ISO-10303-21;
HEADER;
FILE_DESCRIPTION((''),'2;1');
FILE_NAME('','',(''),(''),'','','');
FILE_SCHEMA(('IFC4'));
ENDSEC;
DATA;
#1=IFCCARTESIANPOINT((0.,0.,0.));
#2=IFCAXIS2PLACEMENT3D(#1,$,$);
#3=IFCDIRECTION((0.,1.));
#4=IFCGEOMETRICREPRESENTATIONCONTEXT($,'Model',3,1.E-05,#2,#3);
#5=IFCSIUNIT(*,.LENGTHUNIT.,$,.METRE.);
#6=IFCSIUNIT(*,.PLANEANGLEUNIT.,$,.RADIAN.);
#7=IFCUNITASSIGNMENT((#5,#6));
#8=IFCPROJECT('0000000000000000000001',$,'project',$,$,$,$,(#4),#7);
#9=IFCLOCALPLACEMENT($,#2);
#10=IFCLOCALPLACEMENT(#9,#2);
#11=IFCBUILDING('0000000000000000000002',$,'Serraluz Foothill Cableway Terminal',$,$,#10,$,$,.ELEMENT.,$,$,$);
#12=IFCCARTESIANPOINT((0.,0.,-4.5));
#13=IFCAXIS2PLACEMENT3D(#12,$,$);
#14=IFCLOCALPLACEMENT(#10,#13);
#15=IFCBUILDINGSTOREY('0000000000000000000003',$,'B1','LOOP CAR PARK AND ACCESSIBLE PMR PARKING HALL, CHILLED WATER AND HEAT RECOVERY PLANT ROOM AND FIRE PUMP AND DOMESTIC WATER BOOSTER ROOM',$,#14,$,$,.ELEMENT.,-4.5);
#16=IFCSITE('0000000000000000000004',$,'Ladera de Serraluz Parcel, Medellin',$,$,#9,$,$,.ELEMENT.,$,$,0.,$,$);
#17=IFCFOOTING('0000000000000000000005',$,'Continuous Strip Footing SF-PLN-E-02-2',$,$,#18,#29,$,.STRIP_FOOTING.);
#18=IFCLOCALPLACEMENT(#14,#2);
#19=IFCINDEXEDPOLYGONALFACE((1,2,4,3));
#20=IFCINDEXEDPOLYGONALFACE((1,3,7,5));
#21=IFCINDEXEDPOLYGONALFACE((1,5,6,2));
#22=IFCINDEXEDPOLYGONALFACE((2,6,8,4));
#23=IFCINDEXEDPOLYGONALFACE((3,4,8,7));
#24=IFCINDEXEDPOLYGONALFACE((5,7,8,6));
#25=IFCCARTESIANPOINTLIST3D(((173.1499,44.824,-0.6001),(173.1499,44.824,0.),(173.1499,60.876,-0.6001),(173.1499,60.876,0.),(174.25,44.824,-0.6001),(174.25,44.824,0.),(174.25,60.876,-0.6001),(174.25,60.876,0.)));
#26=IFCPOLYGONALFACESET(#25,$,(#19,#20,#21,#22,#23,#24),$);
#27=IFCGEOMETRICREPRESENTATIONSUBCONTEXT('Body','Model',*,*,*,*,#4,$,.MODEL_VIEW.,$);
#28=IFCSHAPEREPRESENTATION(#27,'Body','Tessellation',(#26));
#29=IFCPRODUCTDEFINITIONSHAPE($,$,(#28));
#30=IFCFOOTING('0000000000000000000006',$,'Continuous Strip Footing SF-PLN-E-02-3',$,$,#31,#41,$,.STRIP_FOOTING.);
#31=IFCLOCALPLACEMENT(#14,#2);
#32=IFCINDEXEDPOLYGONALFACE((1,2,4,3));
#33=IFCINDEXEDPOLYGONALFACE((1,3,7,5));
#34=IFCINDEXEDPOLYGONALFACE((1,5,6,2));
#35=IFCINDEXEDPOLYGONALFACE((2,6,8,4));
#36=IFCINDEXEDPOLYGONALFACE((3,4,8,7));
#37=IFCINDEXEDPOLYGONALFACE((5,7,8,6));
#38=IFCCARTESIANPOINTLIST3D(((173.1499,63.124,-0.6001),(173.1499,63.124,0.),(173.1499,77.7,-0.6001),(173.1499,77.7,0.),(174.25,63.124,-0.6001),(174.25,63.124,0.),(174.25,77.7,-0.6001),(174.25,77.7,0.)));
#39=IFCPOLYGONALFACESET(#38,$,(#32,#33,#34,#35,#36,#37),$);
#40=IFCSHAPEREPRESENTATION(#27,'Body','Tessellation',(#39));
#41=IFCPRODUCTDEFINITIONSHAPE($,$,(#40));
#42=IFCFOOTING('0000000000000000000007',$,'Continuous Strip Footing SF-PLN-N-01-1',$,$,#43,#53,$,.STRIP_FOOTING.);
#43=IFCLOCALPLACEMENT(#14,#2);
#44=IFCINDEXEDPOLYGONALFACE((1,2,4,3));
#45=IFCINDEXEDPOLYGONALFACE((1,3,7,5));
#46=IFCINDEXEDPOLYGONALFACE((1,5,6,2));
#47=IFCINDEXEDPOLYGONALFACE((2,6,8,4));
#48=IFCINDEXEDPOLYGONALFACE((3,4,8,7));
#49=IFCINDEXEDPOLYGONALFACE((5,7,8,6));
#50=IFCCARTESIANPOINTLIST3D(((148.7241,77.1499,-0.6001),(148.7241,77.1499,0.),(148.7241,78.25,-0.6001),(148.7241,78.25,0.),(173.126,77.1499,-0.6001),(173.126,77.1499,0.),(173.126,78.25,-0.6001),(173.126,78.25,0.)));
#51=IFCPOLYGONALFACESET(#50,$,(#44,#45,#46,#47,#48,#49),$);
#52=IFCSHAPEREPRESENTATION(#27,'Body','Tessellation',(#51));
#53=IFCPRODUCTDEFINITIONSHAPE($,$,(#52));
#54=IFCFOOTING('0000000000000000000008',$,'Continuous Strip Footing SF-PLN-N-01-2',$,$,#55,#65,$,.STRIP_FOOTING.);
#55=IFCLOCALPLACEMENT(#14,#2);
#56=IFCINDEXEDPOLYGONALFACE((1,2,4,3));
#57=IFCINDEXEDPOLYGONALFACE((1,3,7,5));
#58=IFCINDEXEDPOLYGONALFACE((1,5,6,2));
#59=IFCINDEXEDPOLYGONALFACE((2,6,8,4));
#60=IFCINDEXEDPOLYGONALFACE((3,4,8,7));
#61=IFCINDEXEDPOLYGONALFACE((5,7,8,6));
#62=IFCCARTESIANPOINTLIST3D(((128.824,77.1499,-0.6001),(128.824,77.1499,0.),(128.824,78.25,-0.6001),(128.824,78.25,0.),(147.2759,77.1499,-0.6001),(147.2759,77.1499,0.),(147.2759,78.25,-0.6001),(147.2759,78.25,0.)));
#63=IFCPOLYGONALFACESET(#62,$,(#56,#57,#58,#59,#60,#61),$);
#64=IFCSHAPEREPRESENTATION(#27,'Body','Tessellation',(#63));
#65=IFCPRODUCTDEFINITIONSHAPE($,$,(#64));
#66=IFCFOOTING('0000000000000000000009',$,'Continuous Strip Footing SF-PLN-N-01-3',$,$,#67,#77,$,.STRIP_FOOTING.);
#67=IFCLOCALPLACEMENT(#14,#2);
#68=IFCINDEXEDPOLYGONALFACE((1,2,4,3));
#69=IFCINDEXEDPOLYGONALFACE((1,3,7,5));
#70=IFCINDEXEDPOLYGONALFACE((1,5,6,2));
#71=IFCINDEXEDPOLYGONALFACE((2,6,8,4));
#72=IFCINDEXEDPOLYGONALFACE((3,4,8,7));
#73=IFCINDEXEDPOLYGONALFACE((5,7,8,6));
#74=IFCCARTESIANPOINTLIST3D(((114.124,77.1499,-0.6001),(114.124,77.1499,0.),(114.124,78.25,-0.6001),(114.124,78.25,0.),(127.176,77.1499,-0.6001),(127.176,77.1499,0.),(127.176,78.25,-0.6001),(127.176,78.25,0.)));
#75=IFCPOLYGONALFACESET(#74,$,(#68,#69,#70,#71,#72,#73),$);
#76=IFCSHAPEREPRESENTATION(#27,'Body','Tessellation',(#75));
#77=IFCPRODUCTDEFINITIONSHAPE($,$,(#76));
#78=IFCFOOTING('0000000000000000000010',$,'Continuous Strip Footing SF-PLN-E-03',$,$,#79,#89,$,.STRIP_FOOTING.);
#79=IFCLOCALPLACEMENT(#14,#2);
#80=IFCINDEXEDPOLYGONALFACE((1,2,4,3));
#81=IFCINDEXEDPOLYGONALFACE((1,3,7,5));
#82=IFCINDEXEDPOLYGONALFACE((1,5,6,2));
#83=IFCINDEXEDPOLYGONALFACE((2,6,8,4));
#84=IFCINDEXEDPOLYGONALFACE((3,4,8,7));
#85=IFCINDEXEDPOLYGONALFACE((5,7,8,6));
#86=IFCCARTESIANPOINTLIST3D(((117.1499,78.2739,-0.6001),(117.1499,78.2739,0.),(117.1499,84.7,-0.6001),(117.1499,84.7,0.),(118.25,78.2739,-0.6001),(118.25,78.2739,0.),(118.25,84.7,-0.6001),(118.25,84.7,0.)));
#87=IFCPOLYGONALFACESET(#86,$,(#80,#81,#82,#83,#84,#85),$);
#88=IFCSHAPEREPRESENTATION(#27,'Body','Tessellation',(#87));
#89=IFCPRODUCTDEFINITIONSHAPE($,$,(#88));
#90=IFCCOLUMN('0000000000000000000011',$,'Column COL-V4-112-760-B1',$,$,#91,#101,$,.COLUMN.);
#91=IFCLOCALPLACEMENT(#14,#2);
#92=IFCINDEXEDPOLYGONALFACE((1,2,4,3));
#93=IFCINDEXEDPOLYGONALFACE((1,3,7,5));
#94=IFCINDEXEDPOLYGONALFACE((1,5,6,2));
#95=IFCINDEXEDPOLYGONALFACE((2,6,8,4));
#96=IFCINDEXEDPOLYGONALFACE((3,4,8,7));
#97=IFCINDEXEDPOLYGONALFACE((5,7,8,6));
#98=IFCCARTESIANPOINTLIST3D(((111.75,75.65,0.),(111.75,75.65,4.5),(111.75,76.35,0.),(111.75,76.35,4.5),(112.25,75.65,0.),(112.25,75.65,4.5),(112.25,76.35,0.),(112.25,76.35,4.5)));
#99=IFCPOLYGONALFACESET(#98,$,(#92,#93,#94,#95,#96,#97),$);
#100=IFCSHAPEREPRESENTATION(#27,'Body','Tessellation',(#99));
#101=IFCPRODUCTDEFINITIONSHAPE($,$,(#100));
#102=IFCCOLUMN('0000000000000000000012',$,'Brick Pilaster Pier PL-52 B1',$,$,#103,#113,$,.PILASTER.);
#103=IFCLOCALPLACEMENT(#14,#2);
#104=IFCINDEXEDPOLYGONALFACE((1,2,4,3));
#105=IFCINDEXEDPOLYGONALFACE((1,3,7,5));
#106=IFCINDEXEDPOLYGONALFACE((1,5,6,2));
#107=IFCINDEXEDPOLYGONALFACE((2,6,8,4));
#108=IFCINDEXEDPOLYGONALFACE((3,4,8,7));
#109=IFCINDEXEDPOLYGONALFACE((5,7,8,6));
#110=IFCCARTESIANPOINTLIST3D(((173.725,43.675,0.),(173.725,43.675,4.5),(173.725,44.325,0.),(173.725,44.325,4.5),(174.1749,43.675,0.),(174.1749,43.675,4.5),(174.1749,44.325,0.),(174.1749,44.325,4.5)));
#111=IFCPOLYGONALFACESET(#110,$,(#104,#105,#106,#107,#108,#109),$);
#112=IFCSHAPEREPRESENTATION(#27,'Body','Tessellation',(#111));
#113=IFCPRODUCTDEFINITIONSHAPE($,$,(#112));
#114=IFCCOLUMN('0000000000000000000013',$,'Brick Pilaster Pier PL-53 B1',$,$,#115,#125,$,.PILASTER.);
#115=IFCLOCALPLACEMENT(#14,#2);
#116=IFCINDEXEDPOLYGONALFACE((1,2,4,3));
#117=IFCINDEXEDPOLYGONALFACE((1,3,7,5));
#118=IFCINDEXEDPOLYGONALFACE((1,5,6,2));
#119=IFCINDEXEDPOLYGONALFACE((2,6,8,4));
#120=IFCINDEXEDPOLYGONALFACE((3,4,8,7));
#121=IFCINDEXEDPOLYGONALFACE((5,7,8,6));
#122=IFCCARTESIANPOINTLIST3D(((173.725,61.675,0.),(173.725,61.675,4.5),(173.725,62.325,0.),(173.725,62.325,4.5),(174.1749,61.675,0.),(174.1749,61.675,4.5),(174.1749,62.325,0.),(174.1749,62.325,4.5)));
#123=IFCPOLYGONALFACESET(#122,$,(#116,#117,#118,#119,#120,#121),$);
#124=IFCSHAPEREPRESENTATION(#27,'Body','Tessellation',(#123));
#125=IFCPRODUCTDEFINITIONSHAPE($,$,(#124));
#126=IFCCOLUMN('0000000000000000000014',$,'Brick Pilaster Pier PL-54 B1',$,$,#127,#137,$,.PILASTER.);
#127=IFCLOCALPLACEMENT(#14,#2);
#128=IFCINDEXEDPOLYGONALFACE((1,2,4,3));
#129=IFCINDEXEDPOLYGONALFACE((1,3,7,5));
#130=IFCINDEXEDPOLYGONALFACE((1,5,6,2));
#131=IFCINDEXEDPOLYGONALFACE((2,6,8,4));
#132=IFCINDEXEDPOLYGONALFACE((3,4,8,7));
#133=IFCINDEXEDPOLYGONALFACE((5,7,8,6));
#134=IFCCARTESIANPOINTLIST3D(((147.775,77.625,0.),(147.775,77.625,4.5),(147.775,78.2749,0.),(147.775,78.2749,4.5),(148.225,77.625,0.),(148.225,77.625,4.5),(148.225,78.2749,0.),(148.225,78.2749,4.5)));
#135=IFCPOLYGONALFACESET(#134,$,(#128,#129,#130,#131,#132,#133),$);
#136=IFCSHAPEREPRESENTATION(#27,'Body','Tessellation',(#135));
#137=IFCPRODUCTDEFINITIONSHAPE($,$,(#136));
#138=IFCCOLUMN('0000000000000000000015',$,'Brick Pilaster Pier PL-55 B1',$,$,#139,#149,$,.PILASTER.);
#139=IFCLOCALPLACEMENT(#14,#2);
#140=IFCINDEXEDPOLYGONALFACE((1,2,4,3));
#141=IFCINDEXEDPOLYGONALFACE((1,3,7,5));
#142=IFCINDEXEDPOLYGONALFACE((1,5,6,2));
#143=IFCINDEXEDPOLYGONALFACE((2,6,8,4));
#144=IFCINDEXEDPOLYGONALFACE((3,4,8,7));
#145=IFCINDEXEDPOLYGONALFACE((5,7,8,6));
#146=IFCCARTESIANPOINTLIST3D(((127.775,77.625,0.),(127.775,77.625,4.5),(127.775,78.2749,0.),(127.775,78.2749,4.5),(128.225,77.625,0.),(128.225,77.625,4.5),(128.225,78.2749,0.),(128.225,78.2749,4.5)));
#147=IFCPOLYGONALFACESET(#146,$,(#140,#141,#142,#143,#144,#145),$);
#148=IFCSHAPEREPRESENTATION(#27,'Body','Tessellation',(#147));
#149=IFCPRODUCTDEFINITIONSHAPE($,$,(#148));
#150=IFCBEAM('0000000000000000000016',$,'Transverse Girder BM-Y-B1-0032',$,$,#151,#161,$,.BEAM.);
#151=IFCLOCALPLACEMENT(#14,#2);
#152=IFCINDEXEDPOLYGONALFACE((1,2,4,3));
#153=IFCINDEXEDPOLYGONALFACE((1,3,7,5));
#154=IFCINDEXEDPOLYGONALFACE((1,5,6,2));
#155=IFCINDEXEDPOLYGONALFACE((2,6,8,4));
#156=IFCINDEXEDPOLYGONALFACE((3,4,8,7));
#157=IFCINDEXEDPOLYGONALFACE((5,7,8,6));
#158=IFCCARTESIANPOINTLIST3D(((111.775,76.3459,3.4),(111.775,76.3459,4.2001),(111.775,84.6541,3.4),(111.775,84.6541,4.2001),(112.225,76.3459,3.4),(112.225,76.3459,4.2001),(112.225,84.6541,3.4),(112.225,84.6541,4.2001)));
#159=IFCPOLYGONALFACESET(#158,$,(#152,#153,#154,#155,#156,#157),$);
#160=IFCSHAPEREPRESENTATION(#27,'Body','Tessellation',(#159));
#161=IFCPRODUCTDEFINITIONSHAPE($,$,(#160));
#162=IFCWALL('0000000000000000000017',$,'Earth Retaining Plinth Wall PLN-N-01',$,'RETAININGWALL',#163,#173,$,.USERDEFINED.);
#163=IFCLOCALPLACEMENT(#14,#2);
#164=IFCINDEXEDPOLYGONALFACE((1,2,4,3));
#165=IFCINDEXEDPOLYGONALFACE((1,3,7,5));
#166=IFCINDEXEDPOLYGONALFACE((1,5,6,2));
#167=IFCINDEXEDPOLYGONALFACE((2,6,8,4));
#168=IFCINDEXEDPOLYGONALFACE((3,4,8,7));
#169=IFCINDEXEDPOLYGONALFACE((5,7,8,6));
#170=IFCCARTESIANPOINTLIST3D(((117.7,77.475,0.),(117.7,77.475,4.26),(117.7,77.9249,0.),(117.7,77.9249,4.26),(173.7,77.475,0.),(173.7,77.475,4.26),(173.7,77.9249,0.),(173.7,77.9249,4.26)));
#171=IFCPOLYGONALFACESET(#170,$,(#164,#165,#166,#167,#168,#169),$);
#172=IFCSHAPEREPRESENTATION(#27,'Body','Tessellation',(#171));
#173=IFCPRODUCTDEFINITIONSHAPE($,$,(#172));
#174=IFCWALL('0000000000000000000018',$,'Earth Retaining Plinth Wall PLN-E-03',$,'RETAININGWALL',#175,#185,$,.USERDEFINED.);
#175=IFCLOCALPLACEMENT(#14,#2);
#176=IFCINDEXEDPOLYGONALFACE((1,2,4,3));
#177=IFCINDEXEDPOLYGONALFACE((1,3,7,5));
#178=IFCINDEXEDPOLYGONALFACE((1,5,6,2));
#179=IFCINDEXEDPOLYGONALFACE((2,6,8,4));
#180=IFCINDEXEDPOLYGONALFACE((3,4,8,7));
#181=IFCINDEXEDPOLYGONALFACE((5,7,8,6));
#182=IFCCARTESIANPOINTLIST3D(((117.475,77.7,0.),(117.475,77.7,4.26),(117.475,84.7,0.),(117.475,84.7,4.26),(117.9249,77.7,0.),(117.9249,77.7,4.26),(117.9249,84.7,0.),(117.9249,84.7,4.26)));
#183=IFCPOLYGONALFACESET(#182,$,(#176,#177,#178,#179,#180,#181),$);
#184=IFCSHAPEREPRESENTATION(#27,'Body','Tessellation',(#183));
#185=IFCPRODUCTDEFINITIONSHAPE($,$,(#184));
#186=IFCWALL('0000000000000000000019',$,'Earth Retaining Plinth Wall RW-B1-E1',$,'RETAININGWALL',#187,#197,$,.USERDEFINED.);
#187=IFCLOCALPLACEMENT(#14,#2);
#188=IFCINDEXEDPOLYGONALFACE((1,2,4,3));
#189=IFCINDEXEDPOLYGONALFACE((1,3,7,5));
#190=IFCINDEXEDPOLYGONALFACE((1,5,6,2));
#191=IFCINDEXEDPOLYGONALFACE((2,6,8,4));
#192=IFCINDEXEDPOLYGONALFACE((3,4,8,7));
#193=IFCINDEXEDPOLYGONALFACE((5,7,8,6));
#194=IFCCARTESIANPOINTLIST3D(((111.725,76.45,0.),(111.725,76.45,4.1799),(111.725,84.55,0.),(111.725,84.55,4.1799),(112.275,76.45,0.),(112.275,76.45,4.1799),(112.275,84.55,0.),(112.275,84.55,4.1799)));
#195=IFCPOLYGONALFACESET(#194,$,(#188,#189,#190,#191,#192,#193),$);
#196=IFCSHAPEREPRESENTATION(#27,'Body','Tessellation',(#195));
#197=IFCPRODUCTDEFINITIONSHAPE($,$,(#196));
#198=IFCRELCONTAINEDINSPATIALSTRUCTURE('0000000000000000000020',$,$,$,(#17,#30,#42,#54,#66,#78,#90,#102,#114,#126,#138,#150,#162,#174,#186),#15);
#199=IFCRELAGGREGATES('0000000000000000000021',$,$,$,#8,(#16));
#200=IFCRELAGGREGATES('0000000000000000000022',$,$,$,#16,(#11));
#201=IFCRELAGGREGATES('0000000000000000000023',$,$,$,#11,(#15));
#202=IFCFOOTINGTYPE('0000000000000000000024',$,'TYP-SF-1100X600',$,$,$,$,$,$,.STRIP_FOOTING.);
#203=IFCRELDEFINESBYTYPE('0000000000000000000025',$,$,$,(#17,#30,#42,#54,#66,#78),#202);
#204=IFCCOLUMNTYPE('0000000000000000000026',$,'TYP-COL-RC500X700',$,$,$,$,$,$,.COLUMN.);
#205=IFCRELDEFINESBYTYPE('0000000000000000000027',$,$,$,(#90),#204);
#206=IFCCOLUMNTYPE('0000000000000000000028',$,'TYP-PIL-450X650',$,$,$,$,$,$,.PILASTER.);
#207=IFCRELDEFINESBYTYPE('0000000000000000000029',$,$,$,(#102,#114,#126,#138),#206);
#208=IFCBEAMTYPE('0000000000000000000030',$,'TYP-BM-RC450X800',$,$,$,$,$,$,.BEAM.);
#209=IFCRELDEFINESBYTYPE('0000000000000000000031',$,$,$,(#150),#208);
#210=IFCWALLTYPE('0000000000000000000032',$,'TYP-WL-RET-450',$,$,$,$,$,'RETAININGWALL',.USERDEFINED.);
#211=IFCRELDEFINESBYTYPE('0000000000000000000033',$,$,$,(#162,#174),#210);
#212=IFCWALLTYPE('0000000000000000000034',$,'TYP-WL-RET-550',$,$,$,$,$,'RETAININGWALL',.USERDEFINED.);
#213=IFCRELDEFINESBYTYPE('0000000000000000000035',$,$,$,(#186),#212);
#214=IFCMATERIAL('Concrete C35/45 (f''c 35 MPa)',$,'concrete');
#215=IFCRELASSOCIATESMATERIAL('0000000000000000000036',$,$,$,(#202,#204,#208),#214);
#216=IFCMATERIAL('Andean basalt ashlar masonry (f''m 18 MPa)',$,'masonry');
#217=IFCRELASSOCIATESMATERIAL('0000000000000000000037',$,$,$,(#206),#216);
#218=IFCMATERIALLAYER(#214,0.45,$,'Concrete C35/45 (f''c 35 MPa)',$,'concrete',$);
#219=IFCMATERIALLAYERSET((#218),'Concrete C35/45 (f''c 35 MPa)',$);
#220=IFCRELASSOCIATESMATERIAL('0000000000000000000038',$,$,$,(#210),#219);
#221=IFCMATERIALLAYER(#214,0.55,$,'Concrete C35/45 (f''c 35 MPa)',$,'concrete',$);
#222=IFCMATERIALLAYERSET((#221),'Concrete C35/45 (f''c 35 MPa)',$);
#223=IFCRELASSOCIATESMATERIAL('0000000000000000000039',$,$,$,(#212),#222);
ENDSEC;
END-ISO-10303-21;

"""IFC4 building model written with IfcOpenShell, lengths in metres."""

from ifc_helpers import new_model, si_unit, direction, frame, frame_2d, origin, origin_2d, place, context, subcontext, project, spatial, rectangle, extrude, material, layer, layer_set, material_profile, profile_set, type_object, element, save


model = new_model("IFC4")

# Units and contexts
model_context = context("Model", 3, precision=1e-05, world=origin(), true_north=direction((0.0, 1.0)))
body_context = subcontext(model_context, "Body", "Model", "MODEL_VIEW")
ifc_project = project(units=[si_unit("LENGTHUNIT", "METRE"), si_unit("PLANEANGLEUNIT", "RADIAN")], contexts=[model_context])

# Site, building, storey
site_placement = place(None, origin())
site = spatial("IfcSite", under=ifc_project, at=site_placement, Name="Ladera de Serraluz Parcel, Medellin", CompositionType="ELEMENT", RefElevation=0.0)
building_placement = place(site_placement, origin())
building = spatial("IfcBuilding", under=site, at=building_placement, Name="Serraluz Foothill Cableway Terminal", CompositionType="ELEMENT")
storey_placement = place(building_placement, frame((0.0, 0.0, -4.5)))
storey = spatial("IfcBuildingStorey", under=building, at=storey_placement, Name="B1", Description="LOOP CAR PARK AND ACCESSIBLE PMR PARKING HALL, CHILLED WATER AND HEAT RECOVERY PLANT ROOM AND FIRE PUMP AND DOMESTIC WATER BOOSTER ROOM", CompositionType="ELEMENT", Elevation=-4.5)

# Shared definitions
ifc_material_1 = material(Name="Concrete C35/45 (f'c 35 MPa)", Category="concrete")

# Footings
ifc_material_profile_1 = material_profile(ifc_material_1, rectangle(XDim=1.1001, YDim=0.6001, at=origin_2d()), Name="SF 1100x600")
ifc_profile_set_1 = profile_set([ifc_material_profile_1], Name="Concrete C35/45 (f'c 35 MPa)")
footing_type_1 = type_object("IfcFootingType", Name="TYP-SF-1100X600", PredefinedType="STRIP_FOOTING", material=ifc_profile_set_1)
footing_1_placement = place(storey_placement, frame((173.7, 44.824, -0.3), z_axis=(0.0, 1.0, 0.0), x_axis=(-1.0, 0.0, 0.0)))
element("IfcFooting", 1, at=footing_1_placement, inside=storey, type_object=footing_type_1, Name="Continuous Strip Footing SF-PLN-E-02-2", PredefinedType="STRIP_FOOTING", context=body_context, shape_type="SweptSolid", body=[
    extrude(rectangle(XDim=1.1001, YDim=0.6001, at=origin_2d()), origin(), (0.0, 0.0, 1.0), 16.052),
])
footing_2_placement = place(storey_placement, frame((173.7, 63.124, -0.3), z_axis=(0.0, 1.0, 0.0), x_axis=(-1.0, 0.0, 0.0)))
element("IfcFooting", 2, at=footing_2_placement, inside=storey, type_object=footing_type_1, Name="Continuous Strip Footing SF-PLN-E-02-3", PredefinedType="STRIP_FOOTING", context=body_context, shape_type="SweptSolid", body=[
    extrude(rectangle(XDim=1.1001, YDim=0.6001, at=origin_2d()), origin(), (0.0, 0.0, 1.0), 14.5759),
])
footing_3_placement = place(storey_placement, frame((173.126, 77.7, -0.3), z_axis=(-1.0, 0.0, 0.0), x_axis=(0.0, -1.0, 0.0)))
element("IfcFooting", 3, at=footing_3_placement, inside=storey, type_object=footing_type_1, Name="Continuous Strip Footing SF-PLN-N-01-1", PredefinedType="STRIP_FOOTING", context=body_context, shape_type="SweptSolid", body=[
    extrude(rectangle(XDim=1.1001, YDim=0.6001, at=origin_2d()), origin(), (0.0, 0.0, 1.0), 24.4019),
])
footing_4_placement = place(storey_placement, frame((147.2759, 77.7, -0.3), z_axis=(-1.0, 0.0, 0.0), x_axis=(0.0, -1.0, 0.0)))
element("IfcFooting", 4, at=footing_4_placement, inside=storey, type_object=footing_type_1, Name="Continuous Strip Footing SF-PLN-N-01-2", PredefinedType="STRIP_FOOTING", context=body_context, shape_type="SweptSolid", body=[
    extrude(rectangle(XDim=1.1001, YDim=0.6001, at=origin_2d()), origin(), (0.0, 0.0, 1.0), 18.4519),
])
footing_5_placement = place(storey_placement, frame((127.176, 77.7, -0.3), z_axis=(-1.0, 0.0, 0.0), x_axis=(0.0, -1.0, 0.0)))
element("IfcFooting", 5, at=footing_5_placement, inside=storey, type_object=footing_type_1, Name="Continuous Strip Footing SF-PLN-N-01-3", PredefinedType="STRIP_FOOTING", context=body_context, shape_type="SweptSolid", body=[
    extrude(rectangle(XDim=1.1001, YDim=0.6001, at=origin_2d()), origin(), (0.0, 0.0, 1.0), 13.052),
])
footing_6_placement = place(storey_placement, frame((117.7, 78.2739, -0.3), z_axis=(0.0, 1.0, 0.0), x_axis=(-1.0, 0.0, 0.0)))
element("IfcFooting", 6, at=footing_6_placement, inside=storey, type_object=footing_type_1, Name="Continuous Strip Footing SF-PLN-E-03", PredefinedType="STRIP_FOOTING", context=body_context, shape_type="SweptSolid", body=[
    extrude(rectangle(XDim=1.1001, YDim=0.6001, at=origin_2d()), origin(), (0.0, 0.0, 1.0), 6.426),
])

# Columns
ifc_material_profile_2 = material_profile(ifc_material_1, rectangle(XDim=0.5, YDim=0.7, at=origin_2d()), Name="RC 500x700")
ifc_profile_set_2 = profile_set([ifc_material_profile_2], Name="Concrete C35/45 (f'c 35 MPa)")
column_type_1 = type_object("IfcColumnType", Name="TYP-COL-RC500X700", PredefinedType="COLUMN", material=ifc_profile_set_2)
column_placement = place(storey_placement, frame((112.0, 76.0, 0.0), z_axis=(0.0, 0.0, 1.0), x_axis=(1.0, 0.0, 0.0)))
element("IfcColumn", 7, at=column_placement, inside=storey, type_object=column_type_1, Name="Column COL-V4-112-760-B1", PredefinedType="COLUMN", context=body_context, shape_type="SweptSolid", body=[
    extrude(rectangle(XDim=0.5, YDim=0.7, at=origin_2d()), origin(), (0.0, 0.0, 1.0), 4.5),
])
ifc_material_2 = material(Name="Andean basalt ashlar masonry (f'm 18 MPa)", Category="masonry")
ifc_material_profile_3 = material_profile(ifc_material_2, rectangle(XDim=0.45, YDim=0.6499, at=origin_2d()), Name="PIL 450x650")
ifc_profile_set_3 = profile_set([ifc_material_profile_3], Name="Andean basalt ashlar masonry (f'm 18 MPa)")
column_type_2 = type_object("IfcColumnType", Name="TYP-PIL-450X650", PredefinedType="PILASTER", material=ifc_profile_set_3)
for number, where, z_axis, x_axis, name in (
    (8, (173.95, 44.0, 0.0), (0.0, 0.0, 1.0), (1.0, 0.0, 0.0), "Brick Pilaster Pier PL-52 B1"),
    (9, (173.95, 62.0, 0.0), (0.0, 0.0, 1.0), (1.0, 0.0, 0.0), "Brick Pilaster Pier PL-53 B1"),
    (10, (148.0, 77.95, 0.0), (0.0, 0.0, 1.0), (1.0, 0.0, 0.0), "Brick Pilaster Pier PL-54 B1"),
    (11, (128.0, 77.95, 0.0), (0.0, 0.0, 1.0), (1.0, 0.0, 0.0), "Brick Pilaster Pier PL-55 B1"),
):
    element("IfcColumn", number, at=place(storey_placement, frame(where, z_axis=z_axis, x_axis=x_axis)), inside=storey, type_object=column_type_2, Name=name, PredefinedType="PILASTER", context=body_context, shape_type="SweptSolid", body=[
        extrude(rectangle(XDim=0.45, YDim=0.6499, at=origin_2d()), origin(), (0.0, 0.0, 1.0), 4.5),
    ])

# Beam
ifc_material_profile_4 = material_profile(ifc_material_1, rectangle(XDim=0.45, YDim=0.8, at=origin_2d()), Name="RC 450x800")
ifc_profile_set_4 = profile_set([ifc_material_profile_4], Name="Concrete C35/45 (f'c 35 MPa)")
beam_type = type_object("IfcBeamType", Name="TYP-BM-RC450X800", PredefinedType="BEAM", material=ifc_profile_set_4)
beam_placement = place(storey_placement, frame((112.0, 76.3459, 3.8), z_axis=(0.0, 1.0, 0.0), x_axis=(-1.0, 0.0, 0.0)))
element("IfcBeam", 12, at=beam_placement, inside=storey, type_object=beam_type, Name="Transverse Girder BM-Y-B1-0032", PredefinedType="BEAM", context=body_context, shape_type="SweptSolid", body=[
    extrude(rectangle(XDim=0.45, YDim=0.8, at=origin_2d()), origin(), (0.0, 0.0, 1.0), 8.3081),
])

# Walls
ifc_layer_1 = layer(ifc_material_1, 0.45, Name="Concrete C35/45 (f'c 35 MPa)", Category="concrete")
ifc_layer_set_1 = layer_set([ifc_layer_1], Name="Concrete C35/45 (f'c 35 MPa)")
wall_type_1 = type_object("IfcWallType", Name="TYP-WL-RET-450", ElementType="RETAININGWALL", PredefinedType="USERDEFINED", material=ifc_layer_set_1)
wall_1_placement = place(storey_placement, frame((173.7, 77.7, 0.0), z_axis=(0.0, 0.0, 1.0), x_axis=(-1.0, 0.0, 0.0)))
element("IfcWall", 13, at=wall_1_placement, inside=storey, type_object=wall_type_1, Name="Earth Retaining Plinth Wall PLN-N-01", ObjectType="RETAININGWALL", PredefinedType="USERDEFINED", context=body_context, shape_type="SweptSolid", body=[
    extrude(rectangle(XDim=56.0, YDim=0.45, at=frame_2d((28.0, 0.0))), origin(), (0.0, 0.0, 1.0), 4.26),
])
wall_2_placement = place(storey_placement, frame((117.7, 77.7, 0.0), z_axis=(0.0, 0.0, 1.0), x_axis=(0.0, 1.0, 0.0)))
element("IfcWall", 14, at=wall_2_placement, inside=storey, type_object=wall_type_1, Name="Earth Retaining Plinth Wall PLN-E-03", ObjectType="RETAININGWALL", PredefinedType="USERDEFINED", context=body_context, shape_type="SweptSolid", body=[
    extrude(rectangle(XDim=7.0, YDim=0.45, at=frame_2d((3.5, 0.0))), origin(), (0.0, 0.0, 1.0), 4.26),
])
ifc_layer_2 = layer(ifc_material_1, 0.55, Name="Concrete C35/45 (f'c 35 MPa)", Category="concrete")
ifc_layer_set_2 = layer_set([ifc_layer_2], Name="Concrete C35/45 (f'c 35 MPa)")
wall_type_2 = type_object("IfcWallType", Name="TYP-WL-RET-550", ElementType="RETAININGWALL", PredefinedType="USERDEFINED", material=ifc_layer_set_2)
wall_3_placement = place(storey_placement, frame((112.0, 76.45, 0.0), z_axis=(0.0, 0.0, 1.0), x_axis=(0.0, 1.0, 0.0)))
element("IfcWall", 15, at=wall_3_placement, inside=storey, type_object=wall_type_2, Name="Earth Retaining Plinth Wall RW-B1-E1", ObjectType="RETAININGWALL", PredefinedType="USERDEFINED", context=body_context, shape_type="SweptSolid", body=[
    extrude(rectangle(XDim=8.1001, YDim=0.55, at=frame_2d((4.05, 0.0))), origin(), (0.0, 0.0, 1.0), 4.1799),
])

save(model, "model.ifc")
